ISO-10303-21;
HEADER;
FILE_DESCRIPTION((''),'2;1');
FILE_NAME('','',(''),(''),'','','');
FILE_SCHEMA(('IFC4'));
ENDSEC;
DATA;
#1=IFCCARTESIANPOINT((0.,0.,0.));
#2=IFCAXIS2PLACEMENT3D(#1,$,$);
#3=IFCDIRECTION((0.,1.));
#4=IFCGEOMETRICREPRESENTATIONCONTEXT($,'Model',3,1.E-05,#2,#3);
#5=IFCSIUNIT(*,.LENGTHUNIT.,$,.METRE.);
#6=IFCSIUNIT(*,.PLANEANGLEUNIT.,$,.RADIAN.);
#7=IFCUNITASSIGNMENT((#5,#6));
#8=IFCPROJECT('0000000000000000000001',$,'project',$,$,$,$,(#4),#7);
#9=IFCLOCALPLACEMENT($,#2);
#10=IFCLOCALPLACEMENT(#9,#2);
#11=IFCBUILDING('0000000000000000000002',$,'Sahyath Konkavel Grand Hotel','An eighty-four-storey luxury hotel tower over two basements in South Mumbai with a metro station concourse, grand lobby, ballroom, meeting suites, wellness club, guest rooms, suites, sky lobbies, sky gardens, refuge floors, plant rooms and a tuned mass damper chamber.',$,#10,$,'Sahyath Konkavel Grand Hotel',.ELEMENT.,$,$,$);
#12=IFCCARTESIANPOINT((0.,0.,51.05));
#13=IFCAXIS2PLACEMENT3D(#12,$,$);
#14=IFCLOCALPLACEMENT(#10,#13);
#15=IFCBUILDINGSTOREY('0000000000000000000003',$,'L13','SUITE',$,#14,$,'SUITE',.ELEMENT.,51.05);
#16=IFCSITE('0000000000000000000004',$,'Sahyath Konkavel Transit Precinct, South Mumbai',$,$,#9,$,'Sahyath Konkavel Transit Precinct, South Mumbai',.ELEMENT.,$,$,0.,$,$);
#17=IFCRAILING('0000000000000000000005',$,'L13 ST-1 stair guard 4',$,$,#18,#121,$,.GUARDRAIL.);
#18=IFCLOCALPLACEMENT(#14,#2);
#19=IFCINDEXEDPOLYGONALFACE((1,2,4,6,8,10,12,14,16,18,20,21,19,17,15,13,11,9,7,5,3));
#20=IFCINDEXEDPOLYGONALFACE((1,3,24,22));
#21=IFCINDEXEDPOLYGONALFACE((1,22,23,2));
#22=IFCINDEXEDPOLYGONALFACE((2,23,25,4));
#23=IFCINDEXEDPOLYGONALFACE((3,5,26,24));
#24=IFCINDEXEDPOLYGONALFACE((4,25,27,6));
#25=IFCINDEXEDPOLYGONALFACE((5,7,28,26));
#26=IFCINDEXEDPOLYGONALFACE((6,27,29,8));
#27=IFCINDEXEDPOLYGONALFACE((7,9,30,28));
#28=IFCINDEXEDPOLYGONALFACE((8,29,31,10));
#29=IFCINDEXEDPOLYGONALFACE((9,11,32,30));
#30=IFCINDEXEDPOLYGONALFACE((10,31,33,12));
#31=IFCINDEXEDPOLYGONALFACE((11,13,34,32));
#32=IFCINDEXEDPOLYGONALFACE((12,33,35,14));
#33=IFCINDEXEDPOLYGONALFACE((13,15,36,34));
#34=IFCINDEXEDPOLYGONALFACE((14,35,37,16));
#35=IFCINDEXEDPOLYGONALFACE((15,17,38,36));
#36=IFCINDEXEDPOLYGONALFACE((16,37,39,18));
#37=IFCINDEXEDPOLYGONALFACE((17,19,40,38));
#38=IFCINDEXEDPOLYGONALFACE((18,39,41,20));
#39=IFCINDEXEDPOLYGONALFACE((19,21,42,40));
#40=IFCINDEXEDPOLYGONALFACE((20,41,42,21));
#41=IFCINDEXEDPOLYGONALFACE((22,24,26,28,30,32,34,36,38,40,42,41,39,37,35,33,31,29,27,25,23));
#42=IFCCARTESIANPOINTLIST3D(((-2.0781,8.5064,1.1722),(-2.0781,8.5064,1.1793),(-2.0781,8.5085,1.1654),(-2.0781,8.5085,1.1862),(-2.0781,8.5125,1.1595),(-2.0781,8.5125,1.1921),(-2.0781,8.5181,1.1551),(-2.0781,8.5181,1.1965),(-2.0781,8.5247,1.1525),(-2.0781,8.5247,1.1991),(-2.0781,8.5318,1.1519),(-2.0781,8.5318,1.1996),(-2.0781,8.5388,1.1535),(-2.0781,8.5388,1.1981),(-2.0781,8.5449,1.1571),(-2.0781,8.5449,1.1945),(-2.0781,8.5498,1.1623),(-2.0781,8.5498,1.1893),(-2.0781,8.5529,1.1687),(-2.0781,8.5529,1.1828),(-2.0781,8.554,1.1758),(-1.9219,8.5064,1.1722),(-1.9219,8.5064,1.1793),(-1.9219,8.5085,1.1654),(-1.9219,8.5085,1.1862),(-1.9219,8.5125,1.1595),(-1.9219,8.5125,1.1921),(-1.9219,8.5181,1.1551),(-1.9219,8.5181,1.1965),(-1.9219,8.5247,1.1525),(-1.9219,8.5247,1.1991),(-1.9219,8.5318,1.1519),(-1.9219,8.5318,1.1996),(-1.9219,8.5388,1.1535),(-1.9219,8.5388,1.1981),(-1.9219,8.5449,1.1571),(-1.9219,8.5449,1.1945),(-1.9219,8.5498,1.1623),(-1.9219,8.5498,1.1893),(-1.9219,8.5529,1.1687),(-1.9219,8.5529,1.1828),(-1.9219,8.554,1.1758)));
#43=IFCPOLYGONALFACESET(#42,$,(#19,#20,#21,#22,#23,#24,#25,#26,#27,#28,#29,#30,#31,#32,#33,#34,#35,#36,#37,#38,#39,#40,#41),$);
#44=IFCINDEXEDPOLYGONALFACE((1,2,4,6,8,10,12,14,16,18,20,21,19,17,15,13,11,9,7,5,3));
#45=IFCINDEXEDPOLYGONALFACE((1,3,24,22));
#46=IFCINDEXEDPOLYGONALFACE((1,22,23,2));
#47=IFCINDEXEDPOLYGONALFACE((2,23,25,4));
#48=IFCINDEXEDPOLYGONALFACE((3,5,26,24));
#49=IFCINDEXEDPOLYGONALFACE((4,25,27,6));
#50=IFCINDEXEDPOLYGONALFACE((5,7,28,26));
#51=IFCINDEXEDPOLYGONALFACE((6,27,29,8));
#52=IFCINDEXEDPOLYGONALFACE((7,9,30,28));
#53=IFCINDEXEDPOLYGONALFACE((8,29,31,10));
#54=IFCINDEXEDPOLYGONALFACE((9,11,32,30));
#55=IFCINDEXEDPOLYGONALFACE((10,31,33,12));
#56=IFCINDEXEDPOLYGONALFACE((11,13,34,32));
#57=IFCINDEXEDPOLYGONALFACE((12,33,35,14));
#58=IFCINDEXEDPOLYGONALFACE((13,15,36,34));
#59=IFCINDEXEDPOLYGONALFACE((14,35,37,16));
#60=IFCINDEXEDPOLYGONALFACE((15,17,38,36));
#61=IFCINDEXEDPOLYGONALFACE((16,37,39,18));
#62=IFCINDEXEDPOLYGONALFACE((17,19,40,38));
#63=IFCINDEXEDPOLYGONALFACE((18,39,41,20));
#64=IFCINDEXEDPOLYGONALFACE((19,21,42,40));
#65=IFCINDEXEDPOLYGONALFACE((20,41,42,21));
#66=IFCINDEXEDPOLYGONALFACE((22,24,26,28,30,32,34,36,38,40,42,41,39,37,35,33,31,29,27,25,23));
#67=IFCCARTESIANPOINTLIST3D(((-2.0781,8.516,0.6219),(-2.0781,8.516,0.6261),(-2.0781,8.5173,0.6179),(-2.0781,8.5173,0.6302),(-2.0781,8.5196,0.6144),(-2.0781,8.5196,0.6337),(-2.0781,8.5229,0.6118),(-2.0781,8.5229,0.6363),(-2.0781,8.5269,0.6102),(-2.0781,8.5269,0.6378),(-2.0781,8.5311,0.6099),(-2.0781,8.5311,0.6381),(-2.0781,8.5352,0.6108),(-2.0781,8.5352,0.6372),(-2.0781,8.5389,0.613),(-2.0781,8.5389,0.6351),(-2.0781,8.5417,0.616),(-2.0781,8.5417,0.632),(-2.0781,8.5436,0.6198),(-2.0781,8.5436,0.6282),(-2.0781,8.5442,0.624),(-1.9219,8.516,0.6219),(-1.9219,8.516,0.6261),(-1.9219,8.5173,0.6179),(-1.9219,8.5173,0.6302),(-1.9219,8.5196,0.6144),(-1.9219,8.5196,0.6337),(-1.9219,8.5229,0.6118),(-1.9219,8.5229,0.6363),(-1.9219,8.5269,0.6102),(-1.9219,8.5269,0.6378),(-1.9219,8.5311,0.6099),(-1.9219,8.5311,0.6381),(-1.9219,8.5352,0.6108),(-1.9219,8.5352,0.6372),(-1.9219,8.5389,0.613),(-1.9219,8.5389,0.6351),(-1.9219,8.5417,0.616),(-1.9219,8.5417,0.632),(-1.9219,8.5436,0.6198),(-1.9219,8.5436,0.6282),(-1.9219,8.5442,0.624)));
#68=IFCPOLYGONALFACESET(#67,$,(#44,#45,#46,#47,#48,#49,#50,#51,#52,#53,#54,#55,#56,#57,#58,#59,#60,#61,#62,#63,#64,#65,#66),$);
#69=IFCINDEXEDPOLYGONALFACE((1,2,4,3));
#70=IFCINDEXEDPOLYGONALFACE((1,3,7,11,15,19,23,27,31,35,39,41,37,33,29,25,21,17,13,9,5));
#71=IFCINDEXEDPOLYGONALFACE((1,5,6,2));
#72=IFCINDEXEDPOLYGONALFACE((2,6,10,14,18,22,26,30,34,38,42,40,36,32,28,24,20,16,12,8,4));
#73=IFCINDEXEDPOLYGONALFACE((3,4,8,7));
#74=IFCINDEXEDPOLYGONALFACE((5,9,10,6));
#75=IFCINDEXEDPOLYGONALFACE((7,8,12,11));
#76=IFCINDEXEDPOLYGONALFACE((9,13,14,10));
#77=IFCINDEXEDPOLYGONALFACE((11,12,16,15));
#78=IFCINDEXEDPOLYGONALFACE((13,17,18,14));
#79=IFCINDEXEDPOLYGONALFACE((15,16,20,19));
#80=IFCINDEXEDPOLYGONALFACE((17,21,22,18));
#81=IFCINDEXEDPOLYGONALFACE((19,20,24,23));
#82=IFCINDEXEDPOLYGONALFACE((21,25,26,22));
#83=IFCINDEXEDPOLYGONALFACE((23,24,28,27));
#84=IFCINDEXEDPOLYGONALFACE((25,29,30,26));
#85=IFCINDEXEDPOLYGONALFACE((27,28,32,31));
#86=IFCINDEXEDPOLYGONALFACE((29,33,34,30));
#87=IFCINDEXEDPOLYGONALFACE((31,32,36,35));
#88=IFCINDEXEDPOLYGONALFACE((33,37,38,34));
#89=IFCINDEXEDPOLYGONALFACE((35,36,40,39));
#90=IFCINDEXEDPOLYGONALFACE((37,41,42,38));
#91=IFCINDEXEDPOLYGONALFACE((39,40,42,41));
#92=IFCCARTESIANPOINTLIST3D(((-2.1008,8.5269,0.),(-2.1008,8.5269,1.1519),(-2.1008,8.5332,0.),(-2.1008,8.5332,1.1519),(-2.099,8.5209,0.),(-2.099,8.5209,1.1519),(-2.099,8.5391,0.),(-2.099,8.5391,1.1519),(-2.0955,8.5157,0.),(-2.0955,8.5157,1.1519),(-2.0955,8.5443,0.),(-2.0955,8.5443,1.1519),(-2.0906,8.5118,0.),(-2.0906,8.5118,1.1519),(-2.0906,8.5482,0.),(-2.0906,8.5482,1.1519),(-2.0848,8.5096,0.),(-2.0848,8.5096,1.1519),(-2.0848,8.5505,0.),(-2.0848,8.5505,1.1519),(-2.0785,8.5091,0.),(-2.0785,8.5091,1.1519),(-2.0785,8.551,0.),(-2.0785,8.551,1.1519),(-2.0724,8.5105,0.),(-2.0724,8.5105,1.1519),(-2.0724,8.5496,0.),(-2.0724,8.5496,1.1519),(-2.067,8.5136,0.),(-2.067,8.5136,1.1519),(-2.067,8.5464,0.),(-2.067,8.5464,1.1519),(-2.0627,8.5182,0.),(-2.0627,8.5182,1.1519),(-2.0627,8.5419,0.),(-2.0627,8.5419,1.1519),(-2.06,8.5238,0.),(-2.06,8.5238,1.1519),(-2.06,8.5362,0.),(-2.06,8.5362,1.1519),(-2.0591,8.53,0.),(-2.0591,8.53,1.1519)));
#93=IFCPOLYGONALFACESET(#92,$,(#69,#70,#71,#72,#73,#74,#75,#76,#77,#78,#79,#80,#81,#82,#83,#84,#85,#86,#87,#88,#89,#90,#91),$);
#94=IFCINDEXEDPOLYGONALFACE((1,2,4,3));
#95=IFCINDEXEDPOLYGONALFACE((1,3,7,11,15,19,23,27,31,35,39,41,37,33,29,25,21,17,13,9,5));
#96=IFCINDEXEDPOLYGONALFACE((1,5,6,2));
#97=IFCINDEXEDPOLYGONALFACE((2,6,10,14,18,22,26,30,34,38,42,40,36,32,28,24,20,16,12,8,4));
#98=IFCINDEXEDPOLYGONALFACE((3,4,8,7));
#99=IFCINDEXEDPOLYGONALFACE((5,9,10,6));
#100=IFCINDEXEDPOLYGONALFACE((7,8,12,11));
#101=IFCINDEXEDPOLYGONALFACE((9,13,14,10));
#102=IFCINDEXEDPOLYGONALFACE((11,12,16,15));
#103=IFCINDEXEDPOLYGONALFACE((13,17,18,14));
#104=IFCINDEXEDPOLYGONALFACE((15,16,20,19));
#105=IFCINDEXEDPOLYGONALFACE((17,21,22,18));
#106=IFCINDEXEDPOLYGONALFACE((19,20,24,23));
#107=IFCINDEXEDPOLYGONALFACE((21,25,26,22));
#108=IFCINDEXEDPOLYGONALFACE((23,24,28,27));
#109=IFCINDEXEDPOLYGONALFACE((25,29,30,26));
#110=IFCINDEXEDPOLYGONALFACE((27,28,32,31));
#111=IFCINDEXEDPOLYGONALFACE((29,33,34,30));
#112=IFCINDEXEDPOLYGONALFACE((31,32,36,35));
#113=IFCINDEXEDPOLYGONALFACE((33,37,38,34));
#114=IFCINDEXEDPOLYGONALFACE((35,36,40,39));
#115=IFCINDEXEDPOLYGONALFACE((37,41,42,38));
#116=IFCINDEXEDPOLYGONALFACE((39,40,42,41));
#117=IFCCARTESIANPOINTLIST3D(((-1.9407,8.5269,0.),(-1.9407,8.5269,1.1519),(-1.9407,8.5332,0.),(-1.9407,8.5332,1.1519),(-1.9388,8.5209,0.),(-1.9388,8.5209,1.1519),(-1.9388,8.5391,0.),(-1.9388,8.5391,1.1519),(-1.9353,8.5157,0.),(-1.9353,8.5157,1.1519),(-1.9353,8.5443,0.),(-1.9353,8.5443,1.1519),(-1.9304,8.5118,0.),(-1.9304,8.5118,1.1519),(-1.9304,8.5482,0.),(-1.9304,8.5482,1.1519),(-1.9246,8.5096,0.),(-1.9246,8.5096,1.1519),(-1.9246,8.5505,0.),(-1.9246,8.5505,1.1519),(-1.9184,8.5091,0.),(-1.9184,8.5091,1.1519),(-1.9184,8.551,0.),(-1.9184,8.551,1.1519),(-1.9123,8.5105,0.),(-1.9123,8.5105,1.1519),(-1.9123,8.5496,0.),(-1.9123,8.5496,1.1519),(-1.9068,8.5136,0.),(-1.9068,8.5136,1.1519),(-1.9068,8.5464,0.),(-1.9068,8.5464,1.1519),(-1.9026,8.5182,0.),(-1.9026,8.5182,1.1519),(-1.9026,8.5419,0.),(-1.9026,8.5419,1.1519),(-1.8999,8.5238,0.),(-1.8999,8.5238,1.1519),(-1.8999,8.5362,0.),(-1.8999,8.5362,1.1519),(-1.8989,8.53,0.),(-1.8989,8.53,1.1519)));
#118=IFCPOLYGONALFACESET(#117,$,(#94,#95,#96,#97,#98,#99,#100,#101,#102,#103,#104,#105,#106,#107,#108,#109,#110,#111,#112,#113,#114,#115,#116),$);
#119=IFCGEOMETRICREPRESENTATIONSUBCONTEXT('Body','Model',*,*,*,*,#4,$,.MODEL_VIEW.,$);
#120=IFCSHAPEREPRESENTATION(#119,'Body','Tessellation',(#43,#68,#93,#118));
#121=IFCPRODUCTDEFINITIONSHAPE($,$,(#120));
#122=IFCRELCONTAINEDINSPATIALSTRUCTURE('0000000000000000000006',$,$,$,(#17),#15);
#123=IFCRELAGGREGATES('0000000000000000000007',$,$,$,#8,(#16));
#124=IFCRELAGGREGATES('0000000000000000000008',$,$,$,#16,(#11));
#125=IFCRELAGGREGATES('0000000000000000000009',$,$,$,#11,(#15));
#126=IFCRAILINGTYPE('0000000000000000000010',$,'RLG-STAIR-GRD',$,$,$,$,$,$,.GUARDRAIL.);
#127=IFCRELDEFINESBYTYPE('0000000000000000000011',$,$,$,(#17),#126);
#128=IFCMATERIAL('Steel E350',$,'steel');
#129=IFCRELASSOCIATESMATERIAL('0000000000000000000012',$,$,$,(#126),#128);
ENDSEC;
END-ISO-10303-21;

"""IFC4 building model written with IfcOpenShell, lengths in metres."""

from ifc_helpers import new_model, si_unit, direction, frame, origin, origin_2d, place, context, subcontext, project, spatial, circle, extrude, material, type_object, element, save


model = new_model("IFC4")

# Units and contexts
model_context = context("Model", 3, precision=1e-05, world=origin(), true_north=direction((0.0, 1.0)))
body_context = subcontext(model_context, "Body", "Model", "MODEL_VIEW")
ifc_project = project(units=[si_unit("LENGTHUNIT", "METRE"), si_unit("PLANEANGLEUNIT", "RADIAN")], contexts=[model_context])

# Site, building, storey
site_placement = place(None, origin())
site = spatial("IfcSite", under=ifc_project, at=site_placement, Name="Sahyath Konkavel Transit Precinct, South Mumbai", LongName="Sahyath Konkavel Transit Precinct, South Mumbai", CompositionType="ELEMENT", RefElevation=0.0)
building_placement = place(site_placement, origin())
building = spatial("IfcBuilding", under=site, at=building_placement, Name="Sahyath Konkavel Grand Hotel", Description="An eighty-four-storey luxury hotel tower over two basements in South Mumbai with a metro station concourse, grand lobby, ballroom, meeting suites, wellness club, guest rooms, suites, sky lobbies, sky gardens, refuge floors, plant rooms and a tuned mass damper chamber.", LongName="Sahyath Konkavel Grand Hotel", CompositionType="ELEMENT")
storey_placement = place(building_placement, frame((0.0, 0.0, 51.05)))
storey = spatial("IfcBuildingStorey", under=building, at=storey_placement, Name="L13", Description="SUITE", LongName="SUITE", CompositionType="ELEMENT", Elevation=51.05)

# Shared definitions
ifc_material_1 = material(Name="Steel E350", Category="steel")

# Railing
railing_type_1 = type_object("IfcRailingType", Name="RLG-STAIR-GRD", PredefinedType="GUARDRAIL", material=ifc_material_1)
railing_1_placement = place(storey_placement, frame((-2.0801, 8.53, 0.0)))
element("IfcRailing", 1, at=railing_1_placement, inside=storey, type_object=railing_type_1, Name="L13 ST-1 stair guard 4", PredefinedType="GUARDRAIL", context=body_context, shape_type="SweptSolid", body=[
    extrude(circle(Radius=0.0239, at=origin_2d()), frame((0.002, 0.0, 1.1758), z_axis=(1.0, 0.0, 0.0), x_axis=(0.0, 1.0, 0.0)), (0.0, 0.0, 1.0), 0.1562),
    extrude(circle(Radius=0.0142, at=origin_2d()), frame((0.002, 0.0, 0.624), z_axis=(1.0, 0.0, 0.0), x_axis=(0.0, 1.0, 0.0)), (0.0, 0.0, 1.0), 0.1562),
    extrude(circle(Radius=0.021, at=origin_2d()), origin(), (0.0, 0.0, 1.0), 1.1519),
    extrude(circle(Radius=0.021, at=origin_2d()), frame((0.1602, 0.0, 0.0)), (0.0, 0.0, 1.0), 1.1519),
])

save(model, "model.ifc")
